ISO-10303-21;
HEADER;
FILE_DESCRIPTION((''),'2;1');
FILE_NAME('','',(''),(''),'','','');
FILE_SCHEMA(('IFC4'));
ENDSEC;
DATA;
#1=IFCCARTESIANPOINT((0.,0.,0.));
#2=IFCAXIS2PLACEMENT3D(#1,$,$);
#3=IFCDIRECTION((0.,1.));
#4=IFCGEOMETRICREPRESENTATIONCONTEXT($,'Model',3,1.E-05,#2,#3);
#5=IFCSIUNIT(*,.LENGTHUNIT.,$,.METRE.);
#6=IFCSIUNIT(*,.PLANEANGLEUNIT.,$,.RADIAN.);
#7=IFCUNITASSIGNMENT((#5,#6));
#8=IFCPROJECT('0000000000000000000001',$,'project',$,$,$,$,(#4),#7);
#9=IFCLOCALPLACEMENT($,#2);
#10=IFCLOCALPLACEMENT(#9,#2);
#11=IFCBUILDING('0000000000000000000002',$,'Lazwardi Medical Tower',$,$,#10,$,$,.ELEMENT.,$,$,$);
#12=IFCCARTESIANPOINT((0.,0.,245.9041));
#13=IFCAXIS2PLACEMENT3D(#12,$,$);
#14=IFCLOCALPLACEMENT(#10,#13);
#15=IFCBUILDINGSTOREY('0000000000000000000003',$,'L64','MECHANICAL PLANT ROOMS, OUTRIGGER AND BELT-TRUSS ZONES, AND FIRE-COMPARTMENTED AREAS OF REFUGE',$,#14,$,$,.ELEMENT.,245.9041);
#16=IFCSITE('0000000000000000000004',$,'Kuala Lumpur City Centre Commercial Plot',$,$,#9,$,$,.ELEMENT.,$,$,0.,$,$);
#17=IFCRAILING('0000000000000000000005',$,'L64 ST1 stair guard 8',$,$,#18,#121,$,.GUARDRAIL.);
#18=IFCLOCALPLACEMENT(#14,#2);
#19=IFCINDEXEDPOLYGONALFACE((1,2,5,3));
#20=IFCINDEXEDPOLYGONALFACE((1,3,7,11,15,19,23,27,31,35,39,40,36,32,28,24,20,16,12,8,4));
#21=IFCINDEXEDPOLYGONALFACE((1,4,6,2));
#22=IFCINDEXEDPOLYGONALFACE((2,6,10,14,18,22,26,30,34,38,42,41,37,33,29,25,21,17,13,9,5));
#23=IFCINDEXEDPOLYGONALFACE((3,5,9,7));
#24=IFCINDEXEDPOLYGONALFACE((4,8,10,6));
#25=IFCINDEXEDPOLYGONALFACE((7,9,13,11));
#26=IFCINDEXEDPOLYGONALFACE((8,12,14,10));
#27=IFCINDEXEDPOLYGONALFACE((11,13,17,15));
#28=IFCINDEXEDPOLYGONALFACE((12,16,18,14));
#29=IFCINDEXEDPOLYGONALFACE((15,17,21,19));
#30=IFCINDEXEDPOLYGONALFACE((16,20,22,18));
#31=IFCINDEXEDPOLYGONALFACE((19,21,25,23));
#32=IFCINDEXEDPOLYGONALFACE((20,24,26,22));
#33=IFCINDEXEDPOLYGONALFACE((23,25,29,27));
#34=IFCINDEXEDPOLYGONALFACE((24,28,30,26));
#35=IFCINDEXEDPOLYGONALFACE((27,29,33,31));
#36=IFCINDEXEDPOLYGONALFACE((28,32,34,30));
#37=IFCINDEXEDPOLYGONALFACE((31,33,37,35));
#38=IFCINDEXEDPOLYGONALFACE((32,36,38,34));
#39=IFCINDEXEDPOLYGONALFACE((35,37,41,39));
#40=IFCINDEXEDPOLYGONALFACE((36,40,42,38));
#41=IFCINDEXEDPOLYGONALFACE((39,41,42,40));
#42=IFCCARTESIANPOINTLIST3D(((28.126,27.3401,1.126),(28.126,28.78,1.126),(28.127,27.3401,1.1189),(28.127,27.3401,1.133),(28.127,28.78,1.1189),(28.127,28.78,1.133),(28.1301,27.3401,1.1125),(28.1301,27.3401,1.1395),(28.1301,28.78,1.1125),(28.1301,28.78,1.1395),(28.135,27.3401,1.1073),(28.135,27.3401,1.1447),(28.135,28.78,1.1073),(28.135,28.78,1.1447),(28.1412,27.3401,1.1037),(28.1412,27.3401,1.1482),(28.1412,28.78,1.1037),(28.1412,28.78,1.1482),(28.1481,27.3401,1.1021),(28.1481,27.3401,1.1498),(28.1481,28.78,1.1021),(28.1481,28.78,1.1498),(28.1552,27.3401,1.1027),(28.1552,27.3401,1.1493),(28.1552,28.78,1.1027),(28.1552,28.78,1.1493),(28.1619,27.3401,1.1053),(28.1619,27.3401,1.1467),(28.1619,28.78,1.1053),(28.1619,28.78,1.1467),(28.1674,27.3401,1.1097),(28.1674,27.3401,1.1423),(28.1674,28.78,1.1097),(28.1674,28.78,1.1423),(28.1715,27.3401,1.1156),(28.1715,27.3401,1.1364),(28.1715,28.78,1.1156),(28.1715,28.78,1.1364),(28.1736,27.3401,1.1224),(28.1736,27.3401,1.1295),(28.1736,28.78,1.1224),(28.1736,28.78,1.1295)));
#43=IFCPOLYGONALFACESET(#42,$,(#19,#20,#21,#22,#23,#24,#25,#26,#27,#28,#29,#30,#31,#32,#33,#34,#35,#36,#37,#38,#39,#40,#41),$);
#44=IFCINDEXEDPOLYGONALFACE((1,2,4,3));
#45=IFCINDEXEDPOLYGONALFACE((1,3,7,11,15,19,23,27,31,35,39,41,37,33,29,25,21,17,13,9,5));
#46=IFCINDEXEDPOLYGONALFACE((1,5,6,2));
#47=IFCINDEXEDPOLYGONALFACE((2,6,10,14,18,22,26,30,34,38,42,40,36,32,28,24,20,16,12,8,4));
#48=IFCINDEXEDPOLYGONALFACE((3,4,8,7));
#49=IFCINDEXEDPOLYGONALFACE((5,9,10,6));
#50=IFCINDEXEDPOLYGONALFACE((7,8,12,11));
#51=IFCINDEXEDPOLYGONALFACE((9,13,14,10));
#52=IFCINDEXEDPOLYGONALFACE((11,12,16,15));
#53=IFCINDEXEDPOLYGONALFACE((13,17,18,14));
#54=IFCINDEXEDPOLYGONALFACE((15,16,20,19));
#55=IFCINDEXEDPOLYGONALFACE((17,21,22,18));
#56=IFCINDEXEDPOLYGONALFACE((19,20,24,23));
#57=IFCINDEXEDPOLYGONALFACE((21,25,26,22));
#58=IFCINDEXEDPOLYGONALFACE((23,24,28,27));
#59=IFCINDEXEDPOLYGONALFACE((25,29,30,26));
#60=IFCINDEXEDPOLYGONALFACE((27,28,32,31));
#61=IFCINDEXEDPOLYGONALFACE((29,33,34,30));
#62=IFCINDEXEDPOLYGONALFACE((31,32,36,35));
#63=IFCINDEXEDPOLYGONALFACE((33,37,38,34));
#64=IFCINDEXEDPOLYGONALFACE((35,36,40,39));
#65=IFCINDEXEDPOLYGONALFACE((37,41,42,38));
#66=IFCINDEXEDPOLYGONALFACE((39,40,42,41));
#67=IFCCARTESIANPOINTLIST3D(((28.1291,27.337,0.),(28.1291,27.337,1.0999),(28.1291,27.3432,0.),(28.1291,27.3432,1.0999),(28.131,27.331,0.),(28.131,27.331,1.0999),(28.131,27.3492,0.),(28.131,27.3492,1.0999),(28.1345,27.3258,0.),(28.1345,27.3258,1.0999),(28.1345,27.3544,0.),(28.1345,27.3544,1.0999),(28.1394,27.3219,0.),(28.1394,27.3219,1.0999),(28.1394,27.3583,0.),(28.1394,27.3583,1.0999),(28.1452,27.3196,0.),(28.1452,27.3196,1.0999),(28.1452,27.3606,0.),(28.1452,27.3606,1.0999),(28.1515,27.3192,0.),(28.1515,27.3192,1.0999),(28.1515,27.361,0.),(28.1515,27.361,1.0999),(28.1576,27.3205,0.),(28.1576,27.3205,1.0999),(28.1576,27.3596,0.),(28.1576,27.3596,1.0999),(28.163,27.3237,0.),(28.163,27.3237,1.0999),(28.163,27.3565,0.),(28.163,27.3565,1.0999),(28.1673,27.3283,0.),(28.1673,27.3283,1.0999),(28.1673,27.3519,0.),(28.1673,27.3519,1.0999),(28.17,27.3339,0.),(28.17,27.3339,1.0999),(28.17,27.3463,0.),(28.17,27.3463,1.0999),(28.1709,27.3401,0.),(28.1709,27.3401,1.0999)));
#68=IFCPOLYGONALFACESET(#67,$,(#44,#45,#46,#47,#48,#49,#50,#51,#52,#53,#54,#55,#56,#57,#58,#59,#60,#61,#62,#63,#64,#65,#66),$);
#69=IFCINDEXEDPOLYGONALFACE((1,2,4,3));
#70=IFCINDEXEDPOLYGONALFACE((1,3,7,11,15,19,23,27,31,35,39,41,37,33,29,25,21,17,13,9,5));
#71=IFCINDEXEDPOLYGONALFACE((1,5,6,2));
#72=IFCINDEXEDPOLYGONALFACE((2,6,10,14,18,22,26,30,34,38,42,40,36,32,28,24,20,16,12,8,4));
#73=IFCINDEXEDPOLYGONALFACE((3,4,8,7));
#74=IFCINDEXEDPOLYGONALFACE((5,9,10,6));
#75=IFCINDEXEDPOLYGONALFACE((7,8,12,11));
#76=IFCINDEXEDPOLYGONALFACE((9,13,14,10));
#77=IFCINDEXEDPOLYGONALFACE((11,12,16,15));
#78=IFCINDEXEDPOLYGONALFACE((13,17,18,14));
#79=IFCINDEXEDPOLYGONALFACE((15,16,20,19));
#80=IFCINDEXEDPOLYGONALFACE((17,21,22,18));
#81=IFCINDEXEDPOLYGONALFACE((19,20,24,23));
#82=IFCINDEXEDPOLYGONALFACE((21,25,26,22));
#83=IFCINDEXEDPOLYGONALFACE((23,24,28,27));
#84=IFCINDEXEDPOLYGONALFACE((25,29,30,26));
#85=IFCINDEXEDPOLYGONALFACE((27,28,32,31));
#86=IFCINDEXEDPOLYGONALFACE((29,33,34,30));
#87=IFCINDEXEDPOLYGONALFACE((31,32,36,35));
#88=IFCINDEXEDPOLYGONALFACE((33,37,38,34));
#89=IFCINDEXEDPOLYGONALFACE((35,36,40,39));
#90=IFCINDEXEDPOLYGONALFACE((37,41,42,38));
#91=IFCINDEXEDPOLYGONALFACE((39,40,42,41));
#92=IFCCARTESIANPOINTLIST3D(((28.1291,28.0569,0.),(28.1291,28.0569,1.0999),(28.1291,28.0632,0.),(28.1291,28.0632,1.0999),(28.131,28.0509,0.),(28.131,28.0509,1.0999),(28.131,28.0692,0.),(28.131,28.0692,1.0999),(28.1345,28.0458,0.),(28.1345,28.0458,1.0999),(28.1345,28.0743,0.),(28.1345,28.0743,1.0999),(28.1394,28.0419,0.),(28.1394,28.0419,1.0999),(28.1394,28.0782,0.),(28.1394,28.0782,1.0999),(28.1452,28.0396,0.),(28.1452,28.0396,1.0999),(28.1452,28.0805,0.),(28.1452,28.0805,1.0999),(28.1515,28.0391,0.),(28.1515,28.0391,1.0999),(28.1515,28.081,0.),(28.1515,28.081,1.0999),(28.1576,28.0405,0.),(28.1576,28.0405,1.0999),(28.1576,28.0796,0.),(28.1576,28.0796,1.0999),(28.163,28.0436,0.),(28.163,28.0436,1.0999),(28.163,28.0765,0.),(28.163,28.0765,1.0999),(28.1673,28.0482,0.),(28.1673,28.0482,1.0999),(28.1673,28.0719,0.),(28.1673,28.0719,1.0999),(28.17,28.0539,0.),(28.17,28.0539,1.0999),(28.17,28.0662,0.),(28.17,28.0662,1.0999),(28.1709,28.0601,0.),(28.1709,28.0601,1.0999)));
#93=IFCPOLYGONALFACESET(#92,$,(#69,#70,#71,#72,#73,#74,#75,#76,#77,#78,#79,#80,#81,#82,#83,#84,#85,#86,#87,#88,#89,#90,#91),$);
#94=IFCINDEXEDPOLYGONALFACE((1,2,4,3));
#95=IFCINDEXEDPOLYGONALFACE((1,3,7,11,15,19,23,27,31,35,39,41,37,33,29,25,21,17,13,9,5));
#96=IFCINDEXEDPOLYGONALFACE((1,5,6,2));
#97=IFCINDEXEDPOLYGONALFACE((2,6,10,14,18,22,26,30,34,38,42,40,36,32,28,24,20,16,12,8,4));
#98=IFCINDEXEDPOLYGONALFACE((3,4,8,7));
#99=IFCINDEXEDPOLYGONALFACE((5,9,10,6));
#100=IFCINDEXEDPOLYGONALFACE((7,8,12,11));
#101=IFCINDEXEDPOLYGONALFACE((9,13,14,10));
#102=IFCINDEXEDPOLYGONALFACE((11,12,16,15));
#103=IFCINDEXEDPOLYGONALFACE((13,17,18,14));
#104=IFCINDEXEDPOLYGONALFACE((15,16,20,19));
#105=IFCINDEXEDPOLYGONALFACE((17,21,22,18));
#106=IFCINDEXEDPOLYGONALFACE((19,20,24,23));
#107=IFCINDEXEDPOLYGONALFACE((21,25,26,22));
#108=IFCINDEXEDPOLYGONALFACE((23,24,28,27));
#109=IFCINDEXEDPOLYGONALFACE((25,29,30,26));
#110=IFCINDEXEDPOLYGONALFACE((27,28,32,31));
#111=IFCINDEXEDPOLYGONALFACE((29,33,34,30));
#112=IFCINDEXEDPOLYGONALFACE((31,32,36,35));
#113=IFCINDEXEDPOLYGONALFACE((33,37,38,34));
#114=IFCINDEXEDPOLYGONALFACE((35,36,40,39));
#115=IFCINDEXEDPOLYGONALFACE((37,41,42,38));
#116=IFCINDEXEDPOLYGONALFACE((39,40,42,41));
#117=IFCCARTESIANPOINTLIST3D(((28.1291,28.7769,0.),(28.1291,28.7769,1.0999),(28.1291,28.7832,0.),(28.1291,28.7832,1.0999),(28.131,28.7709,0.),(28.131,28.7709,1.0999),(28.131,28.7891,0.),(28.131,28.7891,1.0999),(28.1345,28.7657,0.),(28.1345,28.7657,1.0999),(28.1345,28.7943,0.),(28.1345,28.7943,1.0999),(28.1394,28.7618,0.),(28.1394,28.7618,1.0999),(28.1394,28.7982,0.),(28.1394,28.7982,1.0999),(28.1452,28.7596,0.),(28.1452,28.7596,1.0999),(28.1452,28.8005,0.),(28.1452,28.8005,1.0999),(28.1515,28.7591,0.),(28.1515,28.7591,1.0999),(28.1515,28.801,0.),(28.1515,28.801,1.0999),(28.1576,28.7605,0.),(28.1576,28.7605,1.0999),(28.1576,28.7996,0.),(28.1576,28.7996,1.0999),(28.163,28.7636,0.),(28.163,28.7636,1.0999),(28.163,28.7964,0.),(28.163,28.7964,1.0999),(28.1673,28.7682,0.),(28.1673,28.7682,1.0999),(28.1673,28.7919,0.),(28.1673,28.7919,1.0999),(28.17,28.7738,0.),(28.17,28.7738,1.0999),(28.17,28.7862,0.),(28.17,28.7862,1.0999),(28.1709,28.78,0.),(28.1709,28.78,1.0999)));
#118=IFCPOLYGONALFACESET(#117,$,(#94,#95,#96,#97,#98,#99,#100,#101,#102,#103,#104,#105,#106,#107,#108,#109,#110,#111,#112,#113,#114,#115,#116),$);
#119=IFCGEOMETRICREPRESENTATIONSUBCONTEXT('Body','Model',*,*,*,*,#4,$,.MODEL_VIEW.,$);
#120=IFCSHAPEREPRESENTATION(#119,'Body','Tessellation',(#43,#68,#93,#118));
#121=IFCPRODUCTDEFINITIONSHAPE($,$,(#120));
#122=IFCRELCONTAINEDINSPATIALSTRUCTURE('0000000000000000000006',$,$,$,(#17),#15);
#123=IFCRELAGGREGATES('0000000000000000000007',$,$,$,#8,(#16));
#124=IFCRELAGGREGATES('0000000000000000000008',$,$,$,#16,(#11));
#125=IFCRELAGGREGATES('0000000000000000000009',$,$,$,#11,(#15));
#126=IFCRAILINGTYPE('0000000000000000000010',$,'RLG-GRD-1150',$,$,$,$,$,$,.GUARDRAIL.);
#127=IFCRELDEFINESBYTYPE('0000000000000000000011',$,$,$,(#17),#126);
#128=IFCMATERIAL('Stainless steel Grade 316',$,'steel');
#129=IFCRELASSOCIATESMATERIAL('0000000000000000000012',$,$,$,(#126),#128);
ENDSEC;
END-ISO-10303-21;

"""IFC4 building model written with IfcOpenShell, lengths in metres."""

from ifc_helpers import new_model, si_unit, direction, frame, origin, origin_2d, place, context, subcontext, project, spatial, circle, extrude, material, type_object, element, save


model = new_model("IFC4")

# Units and contexts
model_context = context("Model", 3, precision=1e-05, world=origin(), true_north=direction((0.0, 1.0)))
body_context = subcontext(model_context, "Body", "Model", "MODEL_VIEW")
ifc_project = project(units=[si_unit("LENGTHUNIT", "METRE"), si_unit("PLANEANGLEUNIT", "RADIAN")], contexts=[model_context])

# Site, building, storey
site_placement = place(None, origin())
site = spatial("IfcSite", under=ifc_project, at=site_placement, Name="Kuala Lumpur City Centre Commercial Plot", CompositionType="ELEMENT", RefElevation=0.0)
building_placement = place(site_placement, origin())
building = spatial("IfcBuilding", under=site, at=building_placement, Name="Lazwardi Medical Tower", CompositionType="ELEMENT")
storey_placement = place(building_placement, frame((0.0, 0.0, 245.9041)))
storey = spatial("IfcBuildingStorey", under=building, at=storey_placement, Name="L64", Description="MECHANICAL PLANT ROOMS, OUTRIGGER AND BELT-TRUSS ZONES, AND FIRE-COMPARTMENTED AREAS OF REFUGE", CompositionType="ELEMENT", Elevation=245.9041)

# Railing
ifc_material_1 = material(Name="Stainless steel Grade 316", Category="steel")
railing_type_1 = type_object("IfcRailingType", Name="RLG-GRD-1150", PredefinedType="GUARDRAIL", material=ifc_material_1)
railing_1_placement = place(storey_placement, frame((28.1499, 27.3401, 0.0)))
element("IfcRailing", 1, at=railing_1_placement, inside=storey, type_object=railing_type_1, Name="L64 ST1 stair guard 8", PredefinedType="GUARDRAIL", context=body_context, shape_type="SweptSolid", body=[
    extrude(circle(Radius=0.0239, at=origin_2d()), frame((0.0, 0.0, 1.126), z_axis=(0.0, 1.0, 0.0), x_axis=(-1.0, 0.0, 0.0)), (0.0, 0.0, 1.0), 1.4399),
    extrude(circle(Radius=0.021, at=origin_2d()), origin(), (0.0, 0.0, 1.0), 1.0999),
    extrude(circle(Radius=0.021, at=origin_2d()), frame((0.0, 0.72, 0.0)), (0.0, 0.0, 1.0), 1.0999),
    extrude(circle(Radius=0.021, at=origin_2d()), frame((0.0, 1.4399, 0.0)), (0.0, 0.0, 1.0), 1.0999),
])

save(model, "model.ifc")
